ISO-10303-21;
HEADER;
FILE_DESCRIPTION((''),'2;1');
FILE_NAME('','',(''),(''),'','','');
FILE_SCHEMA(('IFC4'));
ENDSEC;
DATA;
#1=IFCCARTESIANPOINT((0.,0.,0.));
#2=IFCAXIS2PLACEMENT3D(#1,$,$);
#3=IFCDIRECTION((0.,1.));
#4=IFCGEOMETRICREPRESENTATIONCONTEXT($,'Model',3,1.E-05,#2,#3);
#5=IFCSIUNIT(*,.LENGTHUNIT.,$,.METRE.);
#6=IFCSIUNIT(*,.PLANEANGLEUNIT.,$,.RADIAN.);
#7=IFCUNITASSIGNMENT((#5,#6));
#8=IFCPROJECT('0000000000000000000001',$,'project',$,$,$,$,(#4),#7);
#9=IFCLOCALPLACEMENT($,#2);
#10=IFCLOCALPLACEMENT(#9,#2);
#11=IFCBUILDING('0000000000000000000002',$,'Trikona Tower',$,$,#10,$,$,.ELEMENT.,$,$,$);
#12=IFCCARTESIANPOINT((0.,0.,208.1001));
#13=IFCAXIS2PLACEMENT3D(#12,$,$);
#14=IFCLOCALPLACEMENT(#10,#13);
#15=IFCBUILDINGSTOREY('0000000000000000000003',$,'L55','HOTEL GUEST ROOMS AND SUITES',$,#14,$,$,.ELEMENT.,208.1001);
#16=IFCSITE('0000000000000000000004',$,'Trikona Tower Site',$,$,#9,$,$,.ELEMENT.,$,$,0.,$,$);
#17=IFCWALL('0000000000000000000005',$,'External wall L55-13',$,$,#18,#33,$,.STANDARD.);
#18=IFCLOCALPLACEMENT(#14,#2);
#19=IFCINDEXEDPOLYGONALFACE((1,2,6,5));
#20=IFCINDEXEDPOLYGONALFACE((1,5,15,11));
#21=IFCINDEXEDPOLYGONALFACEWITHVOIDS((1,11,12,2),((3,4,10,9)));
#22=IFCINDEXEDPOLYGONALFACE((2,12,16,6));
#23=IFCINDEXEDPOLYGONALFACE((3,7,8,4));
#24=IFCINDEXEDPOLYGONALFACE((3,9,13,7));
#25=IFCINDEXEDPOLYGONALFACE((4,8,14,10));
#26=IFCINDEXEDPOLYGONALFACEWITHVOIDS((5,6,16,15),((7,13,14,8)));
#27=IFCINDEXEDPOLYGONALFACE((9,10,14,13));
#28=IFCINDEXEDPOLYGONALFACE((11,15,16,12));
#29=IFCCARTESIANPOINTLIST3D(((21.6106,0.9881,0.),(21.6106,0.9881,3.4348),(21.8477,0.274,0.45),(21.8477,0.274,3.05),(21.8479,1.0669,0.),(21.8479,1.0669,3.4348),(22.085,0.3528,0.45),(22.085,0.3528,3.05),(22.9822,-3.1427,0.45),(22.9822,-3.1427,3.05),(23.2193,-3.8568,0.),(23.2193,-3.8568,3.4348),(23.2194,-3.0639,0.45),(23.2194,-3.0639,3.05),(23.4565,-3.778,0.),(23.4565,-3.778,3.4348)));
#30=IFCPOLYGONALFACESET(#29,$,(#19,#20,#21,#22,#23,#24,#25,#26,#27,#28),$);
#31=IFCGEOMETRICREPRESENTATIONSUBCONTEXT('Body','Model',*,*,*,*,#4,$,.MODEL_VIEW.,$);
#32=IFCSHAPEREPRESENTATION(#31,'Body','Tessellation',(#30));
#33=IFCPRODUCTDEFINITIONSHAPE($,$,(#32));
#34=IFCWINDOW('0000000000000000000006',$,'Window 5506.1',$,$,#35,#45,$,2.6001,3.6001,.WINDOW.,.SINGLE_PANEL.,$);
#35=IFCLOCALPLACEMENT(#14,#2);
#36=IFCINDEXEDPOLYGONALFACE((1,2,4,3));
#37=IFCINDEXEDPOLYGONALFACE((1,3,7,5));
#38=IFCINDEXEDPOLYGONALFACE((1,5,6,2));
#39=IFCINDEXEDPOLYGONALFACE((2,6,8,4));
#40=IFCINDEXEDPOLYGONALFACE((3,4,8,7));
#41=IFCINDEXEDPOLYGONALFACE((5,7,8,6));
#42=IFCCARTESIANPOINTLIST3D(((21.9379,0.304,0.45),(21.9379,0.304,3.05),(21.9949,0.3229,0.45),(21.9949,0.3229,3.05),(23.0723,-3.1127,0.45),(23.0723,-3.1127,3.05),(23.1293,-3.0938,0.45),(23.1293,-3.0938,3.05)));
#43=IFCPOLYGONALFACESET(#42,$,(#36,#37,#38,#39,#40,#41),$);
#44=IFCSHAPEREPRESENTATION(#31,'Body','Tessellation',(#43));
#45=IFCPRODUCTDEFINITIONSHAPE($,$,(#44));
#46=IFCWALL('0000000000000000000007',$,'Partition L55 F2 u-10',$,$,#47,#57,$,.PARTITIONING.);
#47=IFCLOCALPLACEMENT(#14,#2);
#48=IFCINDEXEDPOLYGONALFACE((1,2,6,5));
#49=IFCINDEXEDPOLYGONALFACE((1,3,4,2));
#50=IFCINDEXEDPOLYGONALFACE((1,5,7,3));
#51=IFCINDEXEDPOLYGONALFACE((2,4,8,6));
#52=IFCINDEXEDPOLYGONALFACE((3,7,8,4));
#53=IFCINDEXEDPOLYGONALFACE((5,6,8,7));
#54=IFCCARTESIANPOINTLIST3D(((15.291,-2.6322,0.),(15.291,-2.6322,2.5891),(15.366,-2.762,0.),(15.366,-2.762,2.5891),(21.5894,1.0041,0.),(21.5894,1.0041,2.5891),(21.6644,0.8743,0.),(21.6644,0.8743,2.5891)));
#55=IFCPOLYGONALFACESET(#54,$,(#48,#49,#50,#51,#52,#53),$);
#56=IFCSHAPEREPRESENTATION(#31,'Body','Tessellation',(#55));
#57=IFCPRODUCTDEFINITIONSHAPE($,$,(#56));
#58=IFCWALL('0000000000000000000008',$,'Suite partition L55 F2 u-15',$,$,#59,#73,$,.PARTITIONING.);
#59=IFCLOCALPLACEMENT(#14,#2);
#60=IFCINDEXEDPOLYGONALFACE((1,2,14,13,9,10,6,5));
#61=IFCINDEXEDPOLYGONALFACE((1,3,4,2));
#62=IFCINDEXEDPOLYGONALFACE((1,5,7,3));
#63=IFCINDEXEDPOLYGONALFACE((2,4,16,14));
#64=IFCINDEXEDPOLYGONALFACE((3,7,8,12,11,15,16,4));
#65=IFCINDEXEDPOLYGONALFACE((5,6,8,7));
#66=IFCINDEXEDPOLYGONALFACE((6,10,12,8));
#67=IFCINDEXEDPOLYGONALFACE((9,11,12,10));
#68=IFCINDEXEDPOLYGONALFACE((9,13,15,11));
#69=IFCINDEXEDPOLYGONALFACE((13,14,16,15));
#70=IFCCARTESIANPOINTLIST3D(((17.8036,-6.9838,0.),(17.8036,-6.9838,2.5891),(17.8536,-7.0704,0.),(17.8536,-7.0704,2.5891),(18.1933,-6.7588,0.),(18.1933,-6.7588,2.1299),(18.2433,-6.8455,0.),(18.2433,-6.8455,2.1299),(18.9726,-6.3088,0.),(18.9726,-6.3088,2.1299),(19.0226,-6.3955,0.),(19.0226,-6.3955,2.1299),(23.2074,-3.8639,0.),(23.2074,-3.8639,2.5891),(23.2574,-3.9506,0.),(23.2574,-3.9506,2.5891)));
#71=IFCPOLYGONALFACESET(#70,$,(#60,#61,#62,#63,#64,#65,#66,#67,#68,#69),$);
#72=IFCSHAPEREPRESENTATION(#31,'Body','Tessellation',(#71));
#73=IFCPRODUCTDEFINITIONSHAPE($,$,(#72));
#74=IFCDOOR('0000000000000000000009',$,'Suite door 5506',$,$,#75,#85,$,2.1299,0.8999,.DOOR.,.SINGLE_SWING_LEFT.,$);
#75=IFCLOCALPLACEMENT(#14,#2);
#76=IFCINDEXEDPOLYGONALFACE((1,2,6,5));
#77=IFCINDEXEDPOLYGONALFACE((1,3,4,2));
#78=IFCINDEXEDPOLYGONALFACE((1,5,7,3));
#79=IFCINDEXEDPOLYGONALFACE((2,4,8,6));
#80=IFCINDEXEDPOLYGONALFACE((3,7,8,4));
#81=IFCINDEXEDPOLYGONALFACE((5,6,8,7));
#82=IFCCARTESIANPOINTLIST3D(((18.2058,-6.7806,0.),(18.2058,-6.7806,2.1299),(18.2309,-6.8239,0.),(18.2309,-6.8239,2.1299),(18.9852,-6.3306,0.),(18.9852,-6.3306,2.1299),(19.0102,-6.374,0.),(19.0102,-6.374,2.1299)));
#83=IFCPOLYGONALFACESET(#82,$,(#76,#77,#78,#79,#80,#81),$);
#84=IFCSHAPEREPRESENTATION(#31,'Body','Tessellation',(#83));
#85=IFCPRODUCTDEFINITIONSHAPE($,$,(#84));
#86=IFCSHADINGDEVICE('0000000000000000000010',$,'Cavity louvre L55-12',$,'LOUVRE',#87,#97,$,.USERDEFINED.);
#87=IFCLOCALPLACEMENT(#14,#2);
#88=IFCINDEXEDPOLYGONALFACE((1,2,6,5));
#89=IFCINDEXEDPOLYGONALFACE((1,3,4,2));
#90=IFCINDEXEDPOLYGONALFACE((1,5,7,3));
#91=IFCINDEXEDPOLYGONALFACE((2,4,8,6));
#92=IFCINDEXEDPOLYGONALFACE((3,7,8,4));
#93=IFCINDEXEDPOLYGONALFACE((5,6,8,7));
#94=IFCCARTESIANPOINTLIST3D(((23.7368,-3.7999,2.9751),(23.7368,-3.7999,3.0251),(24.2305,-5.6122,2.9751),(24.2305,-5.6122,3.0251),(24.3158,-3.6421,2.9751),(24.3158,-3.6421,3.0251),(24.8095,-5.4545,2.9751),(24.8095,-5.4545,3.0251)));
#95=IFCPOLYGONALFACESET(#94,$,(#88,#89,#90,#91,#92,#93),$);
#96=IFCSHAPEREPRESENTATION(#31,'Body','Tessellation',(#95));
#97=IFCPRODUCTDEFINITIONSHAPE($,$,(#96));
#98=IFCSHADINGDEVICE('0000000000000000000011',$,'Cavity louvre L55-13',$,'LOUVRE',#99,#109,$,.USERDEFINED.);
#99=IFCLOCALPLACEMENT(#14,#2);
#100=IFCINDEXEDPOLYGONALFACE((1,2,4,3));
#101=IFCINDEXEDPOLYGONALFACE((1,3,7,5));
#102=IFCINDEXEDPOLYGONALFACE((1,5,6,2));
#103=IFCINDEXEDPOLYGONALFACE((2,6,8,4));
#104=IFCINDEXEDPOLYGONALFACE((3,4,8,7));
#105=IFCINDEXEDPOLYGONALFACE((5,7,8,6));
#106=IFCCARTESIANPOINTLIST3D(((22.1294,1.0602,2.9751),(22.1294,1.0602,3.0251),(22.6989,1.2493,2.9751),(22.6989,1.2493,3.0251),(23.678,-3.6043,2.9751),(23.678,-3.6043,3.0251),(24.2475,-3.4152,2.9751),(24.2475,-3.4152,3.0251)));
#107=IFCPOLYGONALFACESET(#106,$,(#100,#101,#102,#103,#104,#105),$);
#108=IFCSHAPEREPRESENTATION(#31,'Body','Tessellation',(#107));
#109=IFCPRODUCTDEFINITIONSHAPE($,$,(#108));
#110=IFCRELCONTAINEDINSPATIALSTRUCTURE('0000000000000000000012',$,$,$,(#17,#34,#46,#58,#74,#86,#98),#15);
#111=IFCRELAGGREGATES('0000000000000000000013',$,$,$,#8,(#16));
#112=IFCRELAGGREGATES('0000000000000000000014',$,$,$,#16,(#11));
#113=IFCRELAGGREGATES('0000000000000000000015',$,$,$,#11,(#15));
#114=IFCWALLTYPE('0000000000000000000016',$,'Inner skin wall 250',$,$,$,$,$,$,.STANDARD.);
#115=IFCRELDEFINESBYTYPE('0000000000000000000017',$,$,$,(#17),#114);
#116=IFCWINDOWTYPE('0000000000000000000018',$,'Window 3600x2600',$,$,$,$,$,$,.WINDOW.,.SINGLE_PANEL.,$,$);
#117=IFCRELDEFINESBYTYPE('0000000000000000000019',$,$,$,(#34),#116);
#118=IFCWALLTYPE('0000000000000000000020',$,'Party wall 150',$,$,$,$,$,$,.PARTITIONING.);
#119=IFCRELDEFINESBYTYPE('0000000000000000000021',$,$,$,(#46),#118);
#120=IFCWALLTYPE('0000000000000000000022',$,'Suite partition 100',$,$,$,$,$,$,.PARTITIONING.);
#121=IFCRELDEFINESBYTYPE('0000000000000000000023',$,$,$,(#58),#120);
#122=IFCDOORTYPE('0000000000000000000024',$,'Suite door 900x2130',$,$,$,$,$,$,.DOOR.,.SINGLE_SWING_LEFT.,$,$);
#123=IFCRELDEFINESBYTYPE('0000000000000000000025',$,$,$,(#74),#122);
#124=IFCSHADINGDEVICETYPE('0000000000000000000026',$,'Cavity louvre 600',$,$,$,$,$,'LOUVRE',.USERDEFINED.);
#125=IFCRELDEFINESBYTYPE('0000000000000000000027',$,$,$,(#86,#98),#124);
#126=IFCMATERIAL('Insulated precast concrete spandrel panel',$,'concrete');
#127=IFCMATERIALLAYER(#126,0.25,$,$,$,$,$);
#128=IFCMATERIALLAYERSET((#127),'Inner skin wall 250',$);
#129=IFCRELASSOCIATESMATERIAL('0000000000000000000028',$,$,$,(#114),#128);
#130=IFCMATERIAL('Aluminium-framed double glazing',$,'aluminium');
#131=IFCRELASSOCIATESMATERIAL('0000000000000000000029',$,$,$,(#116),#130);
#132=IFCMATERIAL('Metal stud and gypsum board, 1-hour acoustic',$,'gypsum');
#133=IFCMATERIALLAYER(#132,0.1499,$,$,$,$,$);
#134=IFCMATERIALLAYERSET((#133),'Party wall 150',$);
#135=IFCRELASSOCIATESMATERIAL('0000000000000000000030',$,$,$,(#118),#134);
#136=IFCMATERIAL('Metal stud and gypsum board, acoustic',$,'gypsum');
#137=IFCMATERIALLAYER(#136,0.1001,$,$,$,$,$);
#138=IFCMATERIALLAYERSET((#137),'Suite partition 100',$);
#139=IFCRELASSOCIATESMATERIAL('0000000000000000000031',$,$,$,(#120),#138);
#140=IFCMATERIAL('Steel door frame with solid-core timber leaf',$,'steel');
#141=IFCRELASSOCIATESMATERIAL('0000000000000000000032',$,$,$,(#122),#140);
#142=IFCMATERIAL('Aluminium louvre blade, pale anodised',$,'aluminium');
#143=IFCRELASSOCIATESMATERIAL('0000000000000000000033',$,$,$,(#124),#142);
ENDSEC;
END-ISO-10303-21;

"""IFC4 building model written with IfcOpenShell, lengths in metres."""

from ifc_helpers import new_model, si_unit, direction, frame, frame_2d, origin, origin_2d, place, context, subcontext, project, spatial, rectangle, extrude, material, layer, layer_set, type_object, element, fill, save


model = new_model("IFC4")

# Units and contexts
model_context = context("Model", 3, precision=1e-05, world=origin(), true_north=direction((0.0, 1.0)))
body_context = subcontext(model_context, "Body", "Model", "MODEL_VIEW")
ifc_project = project(units=[si_unit("LENGTHUNIT", "METRE"), si_unit("PLANEANGLEUNIT", "RADIAN")], contexts=[model_context])

# Site, building, storey
site_placement = place(None, origin())
site = spatial("IfcSite", under=ifc_project, at=site_placement, Name="Trikona Tower Site", CompositionType="ELEMENT", RefElevation=0.0)
building_placement = place(site_placement, origin())
building = spatial("IfcBuilding", under=site, at=building_placement, Name="Trikona Tower", CompositionType="ELEMENT")
storey_placement = place(building_placement, frame((0.0, 0.0, 208.1001)))
storey = spatial("IfcBuildingStorey", under=building, at=storey_placement, Name="L55", Description="HOTEL GUEST ROOMS AND SUITES", CompositionType="ELEMENT", Elevation=208.1001)

# Shared definitions
ifc_material_1 = material(Name="Insulated precast concrete spandrel panel", Category="concrete")
ifc_layer_1 = layer(ifc_material_1, 0.25)
ifc_layer_set_1 = layer_set([ifc_layer_1], Name="Inner skin wall 250")
wall_type_1 = type_object("IfcWallType", Name="Inner skin wall 250", PredefinedType="STANDARD", material=ifc_layer_set_1)

# Wall, opening, window
wall_1_placement = place(storey_placement, frame((23.3379, -3.8174, 0.0), z_axis=(0.0, 0.0, 1.0), x_axis=(-0.315108, 0.949056, 0.0)))
wall_1 = element("IfcWall", 1, at=wall_1_placement, inside=storey, type_object=wall_type_1, Name="External wall L55-13", PredefinedType="STANDARD", context=body_context, shape_type="SweptSolid", body=[
    extrude(rectangle(XDim=5.105, YDim=0.25, at=frame_2d((2.5525, 0.0))), origin(), (0.0, 0.0, 1.0), 3.4348),
])
opening_1_placement = place(wall_1_placement, frame((0.7524, 0.0, 0.45)))
opening_1 = element("IfcOpeningElement", 2, at=opening_1_placement, cuts=wall_1, PredefinedType="OPENING", context=body_context, shape_type="SweptSolid", body=[
    extrude(rectangle(XDim=3.6001, YDim=2.6001, at=frame_2d((1.8, 1.3))), frame((0.0, 0.135, 0.0), z_axis=(0.0, -1.0, 0.0), x_axis=(1.0, 0.0, 0.0)), (0.0, 0.0, 1.0), 0.27),
])
ifc_material_2 = material(Name="Aluminium-framed double glazing", Category="aluminium")
window_type = type_object("IfcWindowType", Name="Window 3600x2600", PartitioningType="SINGLE_PANEL", PredefinedType="WINDOW", material=ifc_material_2)
window_placement = place(opening_1_placement, origin())
window = element("IfcWindow", 3, at=window_placement, inside=storey, type_object=window_type, Name="Window 5506.1", OverallHeight=2.6001, OverallWidth=3.6001, PartitioningType="SINGLE_PANEL", PredefinedType="WINDOW", context=body_context, shape_type="SweptSolid", body=[
    extrude(rectangle(XDim=3.6001, YDim=2.6001, at=frame_2d((1.8, 1.3))), frame((0.0, 0.03, 0.0), z_axis=(0.0, -1.0, 0.0), x_axis=(1.0, 0.0, 0.0)), (0.0, 0.0, 1.0), 0.0601),
])
fill(opening_1, window)

# Wall
ifc_material_3 = material(Name="Metal stud and gypsum board, 1-hour acoustic", Category="gypsum")
ifc_layer_2 = layer(ifc_material_3, 0.1499)
ifc_layer_set_2 = layer_set([ifc_layer_2], Name="Party wall 150")
wall_type_2 = type_object("IfcWallType", Name="Party wall 150", PredefinedType="PARTITIONING", material=ifc_layer_set_2)
wall_2_placement = place(storey_placement, frame((15.3286, -2.697, 0.0), z_axis=(0.0, 0.0, 1.0), x_axis=(0.866032, 0.499988, 0.0)))
element("IfcWall", 4, at=wall_2_placement, inside=storey, type_object=wall_type_2, Name="Partition L55 F2 u-10", PredefinedType="PARTITIONING", context=body_context, shape_type="SweptSolid", body=[
    extrude(rectangle(XDim=7.2727, YDim=0.1499, at=frame_2d((3.6362, 0.0))), origin(), (0.0, 0.0, 1.0), 2.5891),
])

# Wall, opening, door
ifc_material_4 = material(Name="Metal stud and gypsum board, acoustic", Category="gypsum")
ifc_layer_3 = layer(ifc_material_4, 0.1001)
ifc_layer_set_3 = layer_set([ifc_layer_3], Name="Suite partition 100")
wall_type_3 = type_object("IfcWallType", Name="Suite partition 100", PredefinedType="PARTITIONING", material=ifc_layer_set_3)
wall_3_placement = place(storey_placement, frame((17.8286, -7.0271, 0.0), z_axis=(0.0, 0.0, 1.0), x_axis=(0.866027, 0.499998, 0.0)))
wall_3 = element("IfcWall", 5, at=wall_3_placement, inside=storey, type_object=wall_type_3, Name="Suite partition L55 F2 u-15", PredefinedType="PARTITIONING", context=body_context, shape_type="SweptSolid", body=[
    extrude(rectangle(XDim=6.2397, YDim=0.1001, at=frame_2d((3.1199, 0.0))), origin(), (0.0, 0.0, 1.0), 2.5891),
])
opening_2_placement = place(wall_3_placement, frame((0.45, 0.0, 0.0)))
opening_2 = element("IfcOpeningElement", 6, at=opening_2_placement, cuts=wall_3, PredefinedType="OPENING", context=body_context, shape_type="SweptSolid", body=[
    extrude(rectangle(XDim=0.8999, YDim=2.1299, at=frame_2d((0.45, 1.0649))), frame((0.0, 0.0601, 0.0), z_axis=(0.0, -1.0, 0.0), x_axis=(1.0, 0.0, 0.0)), (0.0, 0.0, 1.0), 0.1201),
])
ifc_material_5 = material(Name="Steel door frame with solid-core timber leaf", Category="steel")
door_type_1 = type_object("IfcDoorType", Name="Suite door 900x2130", OperationType="SINGLE_SWING_LEFT", PredefinedType="DOOR", material=ifc_material_5)
door_1_placement = place(opening_2_placement, origin())
door_1 = element("IfcDoor", 7, at=door_1_placement, inside=storey, type_object=door_type_1, Name="Suite door 5506", OperationType="SINGLE_SWING_LEFT", OverallHeight=2.1299, OverallWidth=0.8999, PredefinedType="DOOR", context=body_context, shape_type="SweptSolid", body=[
    extrude(rectangle(XDim=0.8999, YDim=2.1299, at=frame_2d((0.45, 1.0649))), frame((0.0, 0.0249, 0.0), z_axis=(0.0, -1.0, 0.0), x_axis=(1.0, 0.0, 0.0)), (0.0, 0.0, 1.0), 0.05),
])
fill(opening_2, door_1)

# Shading devices
ifc_material_6 = material(Name="Aluminium louvre blade, pale anodised", Category="aluminium")
shading_device_type = type_object("IfcShadingDeviceType", Name="Cavity louvre 600", ElementType="LOUVRE", PredefinedType="USERDEFINED", material=ifc_material_6)
shading_device_1_placement = place(storey_placement, frame((24.2732, -4.6272, 2.9751), z_axis=(0.0, 0.0, 1.0), x_axis=(-0.262822, 0.964844, 0.0)))
element("IfcShadingDevice", 8, at=shading_device_1_placement, inside=storey, type_object=shading_device_type, Name="Cavity louvre L55-12", ObjectType="LOUVRE", PredefinedType="USERDEFINED", context=body_context, shape_type="SweptSolid", body=[
    extrude(rectangle(XDim=1.8784, YDim=0.6001, at=origin_2d()), origin(), (0.0, 0.0, 1.0), 0.05),
])
shading_device_2_placement = place(storey_placement, frame((23.1885, -1.1775, 2.9751), z_axis=(0.0, 0.0, 1.0), x_axis=(-0.315093, 0.949061, 0.0)))
element("IfcShadingDevice", 9, at=shading_device_2_placement, inside=storey, type_object=shading_device_type, Name="Cavity louvre L55-13", ObjectType="LOUVRE", PredefinedType="USERDEFINED", context=body_context, shape_type="SweptSolid", body=[
    extrude(rectangle(XDim=4.9148, YDim=0.6001, at=origin_2d()), origin(), (0.0, 0.0, 1.0), 0.05),
])

save(model, "model.ifc")
